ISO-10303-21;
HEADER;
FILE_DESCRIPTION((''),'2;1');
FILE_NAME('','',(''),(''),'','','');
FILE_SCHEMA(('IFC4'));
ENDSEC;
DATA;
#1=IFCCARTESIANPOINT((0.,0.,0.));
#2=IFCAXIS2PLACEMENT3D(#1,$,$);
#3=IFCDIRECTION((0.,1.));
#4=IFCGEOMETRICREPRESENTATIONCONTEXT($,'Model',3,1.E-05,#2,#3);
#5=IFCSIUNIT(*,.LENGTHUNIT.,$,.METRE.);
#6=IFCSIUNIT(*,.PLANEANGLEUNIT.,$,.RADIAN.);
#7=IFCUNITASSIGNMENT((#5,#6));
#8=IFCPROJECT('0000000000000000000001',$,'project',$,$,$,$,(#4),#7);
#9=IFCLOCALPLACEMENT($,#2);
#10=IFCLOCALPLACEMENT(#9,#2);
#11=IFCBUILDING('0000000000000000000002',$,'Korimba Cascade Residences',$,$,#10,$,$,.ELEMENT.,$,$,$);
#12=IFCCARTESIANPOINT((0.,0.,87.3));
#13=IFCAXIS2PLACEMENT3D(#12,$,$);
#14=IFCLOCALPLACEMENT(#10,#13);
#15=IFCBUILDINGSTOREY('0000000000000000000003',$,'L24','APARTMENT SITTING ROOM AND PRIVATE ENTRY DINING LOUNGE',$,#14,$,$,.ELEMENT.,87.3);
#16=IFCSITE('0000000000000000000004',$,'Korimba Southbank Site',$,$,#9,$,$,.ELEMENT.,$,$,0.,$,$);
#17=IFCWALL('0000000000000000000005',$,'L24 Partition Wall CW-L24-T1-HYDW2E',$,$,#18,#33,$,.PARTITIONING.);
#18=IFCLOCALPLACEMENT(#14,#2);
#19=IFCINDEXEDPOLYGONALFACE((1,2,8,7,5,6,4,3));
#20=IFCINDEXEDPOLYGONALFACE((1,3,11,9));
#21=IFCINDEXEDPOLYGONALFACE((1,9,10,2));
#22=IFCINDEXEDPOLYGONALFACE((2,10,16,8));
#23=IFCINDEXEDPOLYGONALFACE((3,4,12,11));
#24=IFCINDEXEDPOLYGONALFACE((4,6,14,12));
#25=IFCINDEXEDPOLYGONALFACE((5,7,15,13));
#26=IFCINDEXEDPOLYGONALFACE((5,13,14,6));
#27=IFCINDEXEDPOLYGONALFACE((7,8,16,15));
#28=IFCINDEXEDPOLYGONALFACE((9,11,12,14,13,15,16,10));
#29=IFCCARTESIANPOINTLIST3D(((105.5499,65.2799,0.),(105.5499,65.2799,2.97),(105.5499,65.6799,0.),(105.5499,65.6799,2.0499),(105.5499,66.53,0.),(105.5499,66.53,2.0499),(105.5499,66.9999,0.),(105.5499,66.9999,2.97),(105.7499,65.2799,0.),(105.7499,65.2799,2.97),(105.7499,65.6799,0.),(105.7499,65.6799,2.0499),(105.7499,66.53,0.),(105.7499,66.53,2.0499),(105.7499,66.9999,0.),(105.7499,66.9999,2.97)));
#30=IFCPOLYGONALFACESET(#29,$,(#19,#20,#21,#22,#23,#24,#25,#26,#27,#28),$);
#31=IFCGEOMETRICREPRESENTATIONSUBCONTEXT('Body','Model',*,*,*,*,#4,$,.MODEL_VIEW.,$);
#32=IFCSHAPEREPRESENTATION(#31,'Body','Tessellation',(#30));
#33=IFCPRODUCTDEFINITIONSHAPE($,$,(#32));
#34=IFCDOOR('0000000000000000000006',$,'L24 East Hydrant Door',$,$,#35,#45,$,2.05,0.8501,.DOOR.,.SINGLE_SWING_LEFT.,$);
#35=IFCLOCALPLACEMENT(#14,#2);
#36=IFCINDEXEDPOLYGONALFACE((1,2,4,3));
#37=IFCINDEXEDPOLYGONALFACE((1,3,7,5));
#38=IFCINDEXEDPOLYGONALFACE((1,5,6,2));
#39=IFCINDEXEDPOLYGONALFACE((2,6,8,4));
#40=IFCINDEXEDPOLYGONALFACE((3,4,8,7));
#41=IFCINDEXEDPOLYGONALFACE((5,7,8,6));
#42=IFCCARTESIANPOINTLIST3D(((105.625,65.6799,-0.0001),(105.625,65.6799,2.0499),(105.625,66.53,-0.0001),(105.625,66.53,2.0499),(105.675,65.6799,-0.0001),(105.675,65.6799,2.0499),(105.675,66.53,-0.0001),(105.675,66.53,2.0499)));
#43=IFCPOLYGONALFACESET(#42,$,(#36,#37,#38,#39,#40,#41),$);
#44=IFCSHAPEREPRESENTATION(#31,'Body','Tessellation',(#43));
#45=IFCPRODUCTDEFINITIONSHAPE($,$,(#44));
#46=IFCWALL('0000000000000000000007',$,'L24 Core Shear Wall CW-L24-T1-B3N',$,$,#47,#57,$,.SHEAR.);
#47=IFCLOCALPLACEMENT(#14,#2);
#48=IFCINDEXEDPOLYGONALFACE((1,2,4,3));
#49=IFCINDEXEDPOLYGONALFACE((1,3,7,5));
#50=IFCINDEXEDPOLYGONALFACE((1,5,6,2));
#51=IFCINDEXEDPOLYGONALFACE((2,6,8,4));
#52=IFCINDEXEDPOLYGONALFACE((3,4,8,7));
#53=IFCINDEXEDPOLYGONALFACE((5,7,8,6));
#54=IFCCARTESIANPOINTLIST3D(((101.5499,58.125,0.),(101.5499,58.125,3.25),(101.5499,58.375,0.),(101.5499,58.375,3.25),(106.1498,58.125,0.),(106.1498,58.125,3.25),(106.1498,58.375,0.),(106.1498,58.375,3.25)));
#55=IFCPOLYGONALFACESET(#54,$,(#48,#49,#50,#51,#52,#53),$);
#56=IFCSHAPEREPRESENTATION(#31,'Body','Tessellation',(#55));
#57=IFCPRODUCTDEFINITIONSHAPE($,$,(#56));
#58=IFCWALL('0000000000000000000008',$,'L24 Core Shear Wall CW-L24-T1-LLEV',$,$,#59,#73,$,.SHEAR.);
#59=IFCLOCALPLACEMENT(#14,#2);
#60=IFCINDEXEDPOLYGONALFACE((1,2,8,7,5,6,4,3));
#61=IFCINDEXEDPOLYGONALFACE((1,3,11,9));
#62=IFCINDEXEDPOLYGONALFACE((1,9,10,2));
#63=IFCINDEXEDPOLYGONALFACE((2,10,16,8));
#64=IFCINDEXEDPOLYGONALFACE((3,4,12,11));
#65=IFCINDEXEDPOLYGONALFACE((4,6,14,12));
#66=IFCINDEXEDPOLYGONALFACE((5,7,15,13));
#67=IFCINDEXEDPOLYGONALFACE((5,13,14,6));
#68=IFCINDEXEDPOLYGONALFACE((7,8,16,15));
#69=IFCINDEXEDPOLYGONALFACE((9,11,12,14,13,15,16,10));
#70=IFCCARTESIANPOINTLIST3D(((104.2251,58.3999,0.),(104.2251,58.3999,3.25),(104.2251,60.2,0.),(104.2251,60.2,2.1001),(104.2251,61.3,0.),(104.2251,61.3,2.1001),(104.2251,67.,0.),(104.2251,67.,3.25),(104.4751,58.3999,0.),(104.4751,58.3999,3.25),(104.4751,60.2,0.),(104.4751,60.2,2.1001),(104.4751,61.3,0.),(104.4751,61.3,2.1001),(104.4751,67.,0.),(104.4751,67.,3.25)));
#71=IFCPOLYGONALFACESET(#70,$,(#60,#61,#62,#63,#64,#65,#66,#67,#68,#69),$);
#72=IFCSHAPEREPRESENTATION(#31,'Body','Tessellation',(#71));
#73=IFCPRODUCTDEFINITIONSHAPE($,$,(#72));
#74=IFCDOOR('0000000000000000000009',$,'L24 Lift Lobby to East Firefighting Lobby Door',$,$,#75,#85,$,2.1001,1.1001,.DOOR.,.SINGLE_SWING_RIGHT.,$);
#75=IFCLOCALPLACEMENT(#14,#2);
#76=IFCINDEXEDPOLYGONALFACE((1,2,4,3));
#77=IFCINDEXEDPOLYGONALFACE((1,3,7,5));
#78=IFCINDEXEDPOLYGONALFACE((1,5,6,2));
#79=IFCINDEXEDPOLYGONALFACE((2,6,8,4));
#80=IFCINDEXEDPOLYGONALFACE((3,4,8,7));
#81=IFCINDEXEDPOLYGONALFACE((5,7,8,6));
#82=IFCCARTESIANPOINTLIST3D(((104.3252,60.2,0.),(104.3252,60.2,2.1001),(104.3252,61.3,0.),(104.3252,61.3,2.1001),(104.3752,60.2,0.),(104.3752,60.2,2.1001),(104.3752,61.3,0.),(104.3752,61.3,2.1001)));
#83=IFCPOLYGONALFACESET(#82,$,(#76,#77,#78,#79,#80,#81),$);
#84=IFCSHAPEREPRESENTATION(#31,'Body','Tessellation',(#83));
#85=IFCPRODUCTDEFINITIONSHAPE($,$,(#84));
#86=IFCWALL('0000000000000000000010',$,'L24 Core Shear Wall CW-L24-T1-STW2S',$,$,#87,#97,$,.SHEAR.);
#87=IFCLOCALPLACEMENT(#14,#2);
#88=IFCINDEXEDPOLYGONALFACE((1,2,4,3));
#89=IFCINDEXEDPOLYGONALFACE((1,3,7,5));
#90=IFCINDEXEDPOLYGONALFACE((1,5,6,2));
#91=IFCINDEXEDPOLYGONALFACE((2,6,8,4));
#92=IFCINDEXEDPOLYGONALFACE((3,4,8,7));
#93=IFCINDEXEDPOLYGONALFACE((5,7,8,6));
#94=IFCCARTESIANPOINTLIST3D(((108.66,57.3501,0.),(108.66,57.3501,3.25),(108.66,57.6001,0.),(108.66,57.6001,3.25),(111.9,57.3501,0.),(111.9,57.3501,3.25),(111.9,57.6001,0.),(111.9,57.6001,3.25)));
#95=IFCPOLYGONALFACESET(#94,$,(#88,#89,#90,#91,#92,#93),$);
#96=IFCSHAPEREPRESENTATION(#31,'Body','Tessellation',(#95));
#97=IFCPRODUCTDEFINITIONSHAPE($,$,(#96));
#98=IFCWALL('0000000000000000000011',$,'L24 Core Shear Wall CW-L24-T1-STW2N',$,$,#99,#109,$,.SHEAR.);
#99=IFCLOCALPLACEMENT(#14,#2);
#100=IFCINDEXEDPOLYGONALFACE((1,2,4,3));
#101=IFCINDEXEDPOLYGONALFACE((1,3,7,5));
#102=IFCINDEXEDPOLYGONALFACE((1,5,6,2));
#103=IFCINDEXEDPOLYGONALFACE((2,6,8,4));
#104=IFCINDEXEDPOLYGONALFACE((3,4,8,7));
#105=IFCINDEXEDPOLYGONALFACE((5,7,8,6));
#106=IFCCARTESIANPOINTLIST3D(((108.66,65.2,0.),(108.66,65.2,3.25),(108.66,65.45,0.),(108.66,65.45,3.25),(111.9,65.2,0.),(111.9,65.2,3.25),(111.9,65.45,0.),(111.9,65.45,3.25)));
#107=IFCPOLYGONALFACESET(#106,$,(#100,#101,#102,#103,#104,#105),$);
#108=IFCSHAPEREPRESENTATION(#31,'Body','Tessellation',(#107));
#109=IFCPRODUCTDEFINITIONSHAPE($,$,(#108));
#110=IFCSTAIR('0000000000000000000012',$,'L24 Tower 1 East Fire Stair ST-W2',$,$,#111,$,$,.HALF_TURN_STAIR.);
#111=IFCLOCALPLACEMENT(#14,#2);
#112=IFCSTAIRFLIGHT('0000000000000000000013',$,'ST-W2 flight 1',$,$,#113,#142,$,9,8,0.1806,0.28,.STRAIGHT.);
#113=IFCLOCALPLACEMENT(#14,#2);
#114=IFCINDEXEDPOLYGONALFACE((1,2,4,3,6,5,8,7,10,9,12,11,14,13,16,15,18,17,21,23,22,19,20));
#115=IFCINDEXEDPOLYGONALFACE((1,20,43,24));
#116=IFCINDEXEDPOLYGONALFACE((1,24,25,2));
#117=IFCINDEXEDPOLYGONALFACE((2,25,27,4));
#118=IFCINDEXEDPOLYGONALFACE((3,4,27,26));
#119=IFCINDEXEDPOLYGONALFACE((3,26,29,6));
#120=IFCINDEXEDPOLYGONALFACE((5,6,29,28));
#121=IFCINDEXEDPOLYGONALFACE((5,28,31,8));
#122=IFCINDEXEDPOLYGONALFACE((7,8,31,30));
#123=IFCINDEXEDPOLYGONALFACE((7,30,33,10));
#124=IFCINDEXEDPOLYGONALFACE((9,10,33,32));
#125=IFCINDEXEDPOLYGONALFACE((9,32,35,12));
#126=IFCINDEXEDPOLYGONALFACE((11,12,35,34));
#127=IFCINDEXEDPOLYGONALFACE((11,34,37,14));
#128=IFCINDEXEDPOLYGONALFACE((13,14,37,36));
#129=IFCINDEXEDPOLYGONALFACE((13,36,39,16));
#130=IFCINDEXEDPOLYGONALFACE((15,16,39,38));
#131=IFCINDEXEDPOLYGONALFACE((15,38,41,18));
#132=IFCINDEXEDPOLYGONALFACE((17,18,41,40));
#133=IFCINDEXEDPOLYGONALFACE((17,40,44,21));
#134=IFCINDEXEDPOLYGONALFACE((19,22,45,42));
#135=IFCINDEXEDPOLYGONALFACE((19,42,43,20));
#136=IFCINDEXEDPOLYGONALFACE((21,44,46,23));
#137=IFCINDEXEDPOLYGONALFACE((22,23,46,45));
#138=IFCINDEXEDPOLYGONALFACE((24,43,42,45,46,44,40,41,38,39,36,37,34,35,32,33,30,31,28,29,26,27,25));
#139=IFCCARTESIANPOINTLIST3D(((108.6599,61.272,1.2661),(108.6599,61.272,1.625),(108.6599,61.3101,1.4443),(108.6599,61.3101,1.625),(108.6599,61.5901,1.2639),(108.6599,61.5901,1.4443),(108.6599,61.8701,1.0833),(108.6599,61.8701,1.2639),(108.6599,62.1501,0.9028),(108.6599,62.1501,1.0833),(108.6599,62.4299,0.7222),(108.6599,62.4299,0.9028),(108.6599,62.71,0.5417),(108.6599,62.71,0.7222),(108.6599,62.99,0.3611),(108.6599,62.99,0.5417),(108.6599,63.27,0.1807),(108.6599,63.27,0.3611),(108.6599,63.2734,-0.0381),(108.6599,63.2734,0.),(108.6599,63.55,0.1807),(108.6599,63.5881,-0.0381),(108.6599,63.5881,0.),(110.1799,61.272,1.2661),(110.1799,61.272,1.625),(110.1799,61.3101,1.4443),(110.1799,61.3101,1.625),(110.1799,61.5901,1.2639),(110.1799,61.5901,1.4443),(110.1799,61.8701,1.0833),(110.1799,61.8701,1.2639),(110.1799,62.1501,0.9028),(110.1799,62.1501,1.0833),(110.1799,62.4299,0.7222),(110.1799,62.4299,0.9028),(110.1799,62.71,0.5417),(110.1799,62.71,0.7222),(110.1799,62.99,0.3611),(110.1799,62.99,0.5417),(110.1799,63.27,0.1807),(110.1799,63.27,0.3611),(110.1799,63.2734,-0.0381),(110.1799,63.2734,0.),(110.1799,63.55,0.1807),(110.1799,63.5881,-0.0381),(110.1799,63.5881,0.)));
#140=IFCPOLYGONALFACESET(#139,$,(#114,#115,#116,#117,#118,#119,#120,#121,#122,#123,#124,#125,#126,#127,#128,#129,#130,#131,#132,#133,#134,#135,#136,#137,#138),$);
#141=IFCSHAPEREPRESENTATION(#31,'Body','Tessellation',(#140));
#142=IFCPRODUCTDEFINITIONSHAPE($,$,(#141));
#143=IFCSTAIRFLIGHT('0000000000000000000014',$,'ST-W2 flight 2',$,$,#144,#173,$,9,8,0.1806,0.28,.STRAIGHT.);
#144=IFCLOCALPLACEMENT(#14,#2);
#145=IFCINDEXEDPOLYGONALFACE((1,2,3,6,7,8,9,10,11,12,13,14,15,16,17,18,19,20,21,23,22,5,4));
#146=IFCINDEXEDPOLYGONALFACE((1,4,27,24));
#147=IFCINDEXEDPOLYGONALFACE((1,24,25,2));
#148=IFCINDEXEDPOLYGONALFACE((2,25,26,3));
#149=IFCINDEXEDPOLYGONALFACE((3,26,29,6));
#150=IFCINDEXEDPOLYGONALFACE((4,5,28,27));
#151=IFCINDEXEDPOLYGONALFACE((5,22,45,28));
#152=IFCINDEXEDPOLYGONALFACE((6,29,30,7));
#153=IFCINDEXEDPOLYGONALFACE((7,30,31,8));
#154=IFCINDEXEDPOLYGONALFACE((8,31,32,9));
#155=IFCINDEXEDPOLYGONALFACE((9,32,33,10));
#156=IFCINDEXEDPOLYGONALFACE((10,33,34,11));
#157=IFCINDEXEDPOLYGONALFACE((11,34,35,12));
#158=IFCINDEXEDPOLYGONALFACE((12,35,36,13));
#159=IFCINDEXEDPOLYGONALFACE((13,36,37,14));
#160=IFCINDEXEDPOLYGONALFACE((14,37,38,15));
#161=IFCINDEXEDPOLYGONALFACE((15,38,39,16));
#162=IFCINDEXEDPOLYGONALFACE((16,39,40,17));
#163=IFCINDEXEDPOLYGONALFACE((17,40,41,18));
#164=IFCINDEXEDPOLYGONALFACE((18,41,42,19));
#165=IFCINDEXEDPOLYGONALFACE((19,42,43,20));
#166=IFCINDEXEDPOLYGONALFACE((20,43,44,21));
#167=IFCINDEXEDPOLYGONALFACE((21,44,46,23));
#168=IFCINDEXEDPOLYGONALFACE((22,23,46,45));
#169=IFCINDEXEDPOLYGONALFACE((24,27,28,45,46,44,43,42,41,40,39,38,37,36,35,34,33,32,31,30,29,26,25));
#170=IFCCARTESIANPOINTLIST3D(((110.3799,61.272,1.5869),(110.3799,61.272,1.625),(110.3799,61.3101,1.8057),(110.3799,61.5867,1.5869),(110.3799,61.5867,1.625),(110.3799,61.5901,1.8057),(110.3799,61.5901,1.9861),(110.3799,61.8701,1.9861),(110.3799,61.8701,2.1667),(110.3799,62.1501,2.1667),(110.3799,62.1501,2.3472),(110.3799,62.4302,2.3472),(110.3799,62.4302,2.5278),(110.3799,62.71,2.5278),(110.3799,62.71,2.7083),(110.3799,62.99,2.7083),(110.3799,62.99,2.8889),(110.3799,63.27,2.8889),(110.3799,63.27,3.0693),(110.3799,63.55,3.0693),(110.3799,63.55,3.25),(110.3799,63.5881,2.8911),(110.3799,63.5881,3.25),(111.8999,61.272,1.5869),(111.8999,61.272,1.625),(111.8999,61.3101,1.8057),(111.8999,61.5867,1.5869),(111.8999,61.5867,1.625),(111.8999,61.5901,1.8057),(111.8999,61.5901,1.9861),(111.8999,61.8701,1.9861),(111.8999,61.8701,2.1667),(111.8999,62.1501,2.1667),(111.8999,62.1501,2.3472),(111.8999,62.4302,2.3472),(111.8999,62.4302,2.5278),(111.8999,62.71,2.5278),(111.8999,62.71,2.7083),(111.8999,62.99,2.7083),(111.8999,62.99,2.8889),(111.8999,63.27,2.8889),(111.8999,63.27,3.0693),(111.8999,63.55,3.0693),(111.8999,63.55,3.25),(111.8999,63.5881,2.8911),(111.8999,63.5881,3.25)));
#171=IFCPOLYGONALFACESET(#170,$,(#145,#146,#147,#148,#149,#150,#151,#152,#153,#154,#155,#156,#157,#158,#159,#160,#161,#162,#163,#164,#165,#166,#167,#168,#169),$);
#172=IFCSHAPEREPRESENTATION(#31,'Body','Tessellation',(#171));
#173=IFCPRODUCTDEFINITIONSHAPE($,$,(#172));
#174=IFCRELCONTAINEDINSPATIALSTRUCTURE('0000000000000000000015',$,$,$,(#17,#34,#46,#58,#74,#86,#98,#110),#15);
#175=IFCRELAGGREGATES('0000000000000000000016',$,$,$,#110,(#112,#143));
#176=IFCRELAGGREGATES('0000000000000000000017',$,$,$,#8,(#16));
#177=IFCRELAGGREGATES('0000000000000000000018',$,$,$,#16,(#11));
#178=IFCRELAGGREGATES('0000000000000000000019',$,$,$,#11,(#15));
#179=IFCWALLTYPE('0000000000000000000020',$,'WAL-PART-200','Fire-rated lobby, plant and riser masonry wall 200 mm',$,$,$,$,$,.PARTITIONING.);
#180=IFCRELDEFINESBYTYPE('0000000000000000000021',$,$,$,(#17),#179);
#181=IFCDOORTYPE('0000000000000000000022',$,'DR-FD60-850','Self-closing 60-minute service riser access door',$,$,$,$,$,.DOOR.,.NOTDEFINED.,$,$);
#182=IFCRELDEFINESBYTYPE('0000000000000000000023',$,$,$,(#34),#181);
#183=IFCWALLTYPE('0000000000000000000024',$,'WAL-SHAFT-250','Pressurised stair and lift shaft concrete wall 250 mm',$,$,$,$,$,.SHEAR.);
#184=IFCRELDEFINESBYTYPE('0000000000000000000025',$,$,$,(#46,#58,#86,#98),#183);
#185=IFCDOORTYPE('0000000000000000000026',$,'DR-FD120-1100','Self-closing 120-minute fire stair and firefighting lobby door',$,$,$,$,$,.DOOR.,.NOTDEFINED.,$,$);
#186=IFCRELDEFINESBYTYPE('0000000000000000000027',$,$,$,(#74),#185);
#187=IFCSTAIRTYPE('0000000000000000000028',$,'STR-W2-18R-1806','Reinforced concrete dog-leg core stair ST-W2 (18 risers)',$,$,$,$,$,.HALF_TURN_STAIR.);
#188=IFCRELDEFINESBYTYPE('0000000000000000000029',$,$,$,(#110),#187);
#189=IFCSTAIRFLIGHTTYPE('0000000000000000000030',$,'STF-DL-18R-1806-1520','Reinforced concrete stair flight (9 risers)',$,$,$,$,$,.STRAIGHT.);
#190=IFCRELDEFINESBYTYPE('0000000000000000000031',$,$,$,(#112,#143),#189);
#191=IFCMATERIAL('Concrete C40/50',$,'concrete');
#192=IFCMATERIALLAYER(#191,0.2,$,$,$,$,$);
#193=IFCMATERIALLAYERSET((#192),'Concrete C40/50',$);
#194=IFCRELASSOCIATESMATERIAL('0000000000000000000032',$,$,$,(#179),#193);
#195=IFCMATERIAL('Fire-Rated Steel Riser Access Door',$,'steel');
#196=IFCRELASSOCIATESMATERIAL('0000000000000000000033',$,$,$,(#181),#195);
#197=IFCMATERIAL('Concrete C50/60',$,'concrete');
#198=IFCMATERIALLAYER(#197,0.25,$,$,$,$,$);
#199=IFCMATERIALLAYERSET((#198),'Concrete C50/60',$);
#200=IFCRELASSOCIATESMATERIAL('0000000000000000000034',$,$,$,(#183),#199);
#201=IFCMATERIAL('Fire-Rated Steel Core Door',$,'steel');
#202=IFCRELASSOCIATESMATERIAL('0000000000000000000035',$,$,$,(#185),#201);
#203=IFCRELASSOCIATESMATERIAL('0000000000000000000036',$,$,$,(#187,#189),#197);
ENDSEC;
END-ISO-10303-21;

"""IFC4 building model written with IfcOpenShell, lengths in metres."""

from ifc_helpers import new_model, si_unit, direction, frame, frame_2d, origin, place, context, subcontext, project, spatial, polyline, rectangle, outline, extrude, material, layer, layer_set, type_object, element, fill, aggregate, save


model = new_model("IFC4")

# Units and contexts
model_context = context("Model", 3, precision=1e-05, world=origin(), true_north=direction((0.0, 1.0)))
body_context = subcontext(model_context, "Body", "Model", "MODEL_VIEW")
ifc_project = project(units=[si_unit("LENGTHUNIT", "METRE"), si_unit("PLANEANGLEUNIT", "RADIAN")], contexts=[model_context])

# Site, building, storey
site_placement = place(None, origin())
site = spatial("IfcSite", under=ifc_project, at=site_placement, Name="Korimba Southbank Site", CompositionType="ELEMENT", RefElevation=0.0)
building_placement = place(site_placement, origin())
building = spatial("IfcBuilding", under=site, at=building_placement, Name="Korimba Cascade Residences", CompositionType="ELEMENT")
storey_placement = place(building_placement, frame((0.0, 0.0, 87.3)))
storey = spatial("IfcBuildingStorey", under=building, at=storey_placement, Name="L24", Description="APARTMENT SITTING ROOM AND PRIVATE ENTRY DINING LOUNGE", CompositionType="ELEMENT", Elevation=87.3)

# Shared definitions
ifc_material_1 = material(Name="Concrete C40/50", Category="concrete")
ifc_layer_1 = layer(ifc_material_1, 0.2)
ifc_layer_set_1 = layer_set([ifc_layer_1], Name="Concrete C40/50")
wall_type_1 = type_object("IfcWallType", Name="WAL-PART-200", Description="Fire-rated lobby, plant and riser masonry wall 200 mm", PredefinedType="PARTITIONING", material=ifc_layer_set_1)

# Wall, opening, door
wall_1_placement = place(storey_placement, frame((105.6499, 65.28, 0.0), z_axis=(0.0, 0.0, 1.0), x_axis=(0.0, 1.0, 0.0)))
wall_1 = element("IfcWall", 1, at=wall_1_placement, inside=storey, type_object=wall_type_1, Name="L24 Partition Wall CW-L24-T1-HYDW2E", PredefinedType="PARTITIONING", context=body_context, shape_type="SweptSolid", body=[
    extrude(rectangle(XDim=1.72, YDim=0.2, at=frame_2d((0.8599, 0.0))), origin(), (0.0, 0.0, 1.0), 2.97),
])
opening_1_placement = place(wall_1_placement, frame((0.3999, 0.0, 0.0)))
opening_1 = element("IfcOpeningElement", 2, at=opening_1_placement, cuts=wall_1, PredefinedType="OPENING", context=body_context, shape_type="SweptSolid", body=[
    extrude(rectangle(XDim=0.8501, YDim=2.05, at=frame_2d((0.425, 1.0249))), frame((0.0, 0.1099, 0.0), z_axis=(0.0, -1.0, 0.0), x_axis=(1.0, 0.0, 0.0)), (0.0, 0.0, 1.0), 0.22),
])
ifc_material_2 = material(Name="Fire-Rated Steel Riser Access Door", Category="steel")
door_type_1 = type_object("IfcDoorType", Name="DR-FD60-850", Description="Self-closing 60-minute service riser access door", OperationType="NOTDEFINED", PredefinedType="DOOR", material=ifc_material_2)
door_1_placement = place(opening_1_placement, origin())
door_1 = element("IfcDoor", 3, at=door_1_placement, inside=storey, type_object=door_type_1, Name="L24 East Hydrant Door", OperationType="SINGLE_SWING_LEFT", OverallHeight=2.05, OverallWidth=0.8501, PredefinedType="DOOR", context=body_context, shape_type="SweptSolid", body=[
    extrude(rectangle(XDim=0.8501, YDim=2.05, at=frame_2d((0.425, 1.0249))), frame((0.0, 0.0249, 0.0), z_axis=(0.0, -1.0, 0.0), x_axis=(1.0, 0.0, 0.0)), (0.0, 0.0, 1.0), 0.05),
])
fill(opening_1, door_1)

# Wall
ifc_material_3 = material(Name="Concrete C50/60", Category="concrete")
ifc_layer_2 = layer(ifc_material_3, 0.25)
ifc_layer_set_2 = layer_set([ifc_layer_2], Name="Concrete C50/60")
wall_type_2 = type_object("IfcWallType", Name="WAL-SHAFT-250", Description="Pressurised stair and lift shaft concrete wall 250 mm", PredefinedType="SHEAR", material=ifc_layer_set_2)
wall_2_placement = place(storey_placement, frame((101.55, 58.25, 0.0), z_axis=(0.0, 0.0, 1.0), x_axis=(1.0, 0.0, 0.0)))
element("IfcWall", 4, at=wall_2_placement, inside=storey, type_object=wall_type_2, Name="L24 Core Shear Wall CW-L24-T1-B3N", PredefinedType="SHEAR", context=body_context, shape_type="SweptSolid", body=[
    extrude(rectangle(XDim=4.5999, YDim=0.25, at=frame_2d((2.2998, 0.0))), origin(), (0.0, 0.0, 1.0), 3.25),
])

# Wall, opening, door
wall_3_placement = place(storey_placement, frame((104.3501, 58.3999, 0.0), z_axis=(0.0, 0.0, 1.0), x_axis=(0.0, 1.0, 0.0)))
wall_3 = element("IfcWall", 5, at=wall_3_placement, inside=storey, type_object=wall_type_2, Name="L24 Core Shear Wall CW-L24-T1-LLEV", PredefinedType="SHEAR", context=body_context, shape_type="SweptSolid", body=[
    extrude(rectangle(XDim=8.6001, YDim=0.25, at=frame_2d((4.3, 0.0))), origin(), (0.0, 0.0, 1.0), 3.25),
])
opening_2_placement = place(wall_3_placement, frame((1.8, 0.0, 0.0)))
opening_2 = element("IfcOpeningElement", 6, at=opening_2_placement, cuts=wall_3, PredefinedType="OPENING", context=body_context, shape_type="SweptSolid", body=[
    extrude(rectangle(XDim=1.1001, YDim=2.1001, at=frame_2d((0.55, 1.05))), frame((0.0, 0.135, 0.0), z_axis=(0.0, -1.0, 0.0), x_axis=(1.0, 0.0, 0.0)), (0.0, 0.0, 1.0), 0.27),
])
ifc_material_4 = material(Name="Fire-Rated Steel Core Door", Category="steel")
door_type_2 = type_object("IfcDoorType", Name="DR-FD120-1100", Description="Self-closing 120-minute fire stair and firefighting lobby door", OperationType="NOTDEFINED", PredefinedType="DOOR", material=ifc_material_4)
door_2_placement = place(opening_2_placement, origin())
door_2 = element("IfcDoor", 7, at=door_2_placement, inside=storey, type_object=door_type_2, Name="L24 Lift Lobby to East Firefighting Lobby Door", OperationType="SINGLE_SWING_RIGHT", OverallHeight=2.1001, OverallWidth=1.1001, PredefinedType="DOOR", context=body_context, shape_type="SweptSolid", body=[
    extrude(rectangle(XDim=1.1001, YDim=2.1001, at=frame_2d((0.55, 1.05))), frame((0.0, 0.0249, 0.0), z_axis=(0.0, -1.0, 0.0), x_axis=(1.0, 0.0, 0.0)), (0.0, 0.0, 1.0), 0.05),
])
fill(opening_2, door_2)

# Walls
for number, where, z_axis, x_axis, name in (
    (8, (108.6599, 57.4751, 0.0), (0.0, 0.0, 1.0), (1.0, 0.0, 0.0), "L24 Core Shear Wall CW-L24-T1-STW2S"),
    (9, (108.6599, 65.325, 0.0), (0.0, 0.0, 1.0), (1.0, 0.0, 0.0), "L24 Core Shear Wall CW-L24-T1-STW2N"),
):
    element("IfcWall", number, at=place(storey_placement, frame(where, z_axis=z_axis, x_axis=x_axis)), inside=storey, type_object=wall_type_2, Name=name, PredefinedType="SHEAR", context=body_context, shape_type="SweptSolid", body=[
        extrude(rectangle(XDim=3.24, YDim=0.25, at=frame_2d((1.6201, 0.0))), origin(), (0.0, 0.0, 1.0), 3.25),
    ])

# Stair, stair flights
stair_type = type_object("IfcStairType", Name="STR-W2-18R-1806", Description="Reinforced concrete dog-leg core stair ST-W2 (18 risers)", PredefinedType="HALF_TURN_STAIR", material=ifc_material_3)
stair_placement = place(storey_placement, origin())
stair = element("IfcStair", 10, at=stair_placement, inside=storey, type_object=stair_type, Name="L24 Tower 1 East Fire Stair ST-W2", PredefinedType="HALF_TURN_STAIR")
stair_flight_type = type_object("IfcStairFlightType", Name="STF-DL-18R-1806-1520", Description="Reinforced concrete stair flight (9 risers)", PredefinedType="STRAIGHT", material=ifc_material_3)
stair_flight_1_placement = place(storey_placement, frame((109.4199, 63.55, 0.0), z_axis=(0.0, 0.0, 1.0), x_axis=(0.0, -1.0, 0.0)))
stair_flight_1 = element("IfcStairFlight", 11, at=stair_flight_1_placement, type_object=stair_flight_type, Name="ST-W2 flight 1", NumberOfRisers=9, NumberOfTreads=8, PredefinedType="STRAIGHT", RiserHeight=0.1806, TreadLength=0.28, context=body_context, shape_type="SweptSolid", body=[
    extrude(outline(polyline([(-0.0381, 0.0), (0.0, 0.1807), (0.28, 0.1807), (0.28, 0.3611), (0.5601, 0.3611), (0.5601, 0.5417), (0.8401, 0.5417), (0.8401, 0.7222), (1.1201, 0.7222), (1.1201, 0.9028), (1.3999, 0.9028), (1.3999, 1.0833), (1.6799, 1.0833), (1.6799, 1.2639), (1.96, 1.2639), (1.96, 1.4443), (2.24, 1.4443), (2.24, 1.625), (2.2781, 1.625), (2.2781, 1.2661), (0.2766, 0.0), (0.2766, -0.0381), (-0.0381, -0.0381), (-0.0381, 0.0)])), frame((0.0, 0.76, 0.0), z_axis=(0.0, -1.0, 0.0), x_axis=(1.0, 0.0, 0.0)), (0.0, 0.0, 1.0), 1.52),
])
stair_flight_2_placement = place(storey_placement, frame((111.1399, 61.3101, 1.625), z_axis=(0.0, 0.0, 1.0), x_axis=(0.0, 1.0, 0.0)))
stair_flight_2 = element("IfcStairFlight", 12, at=stair_flight_2_placement, type_object=stair_flight_type, Name="ST-W2 flight 2", NumberOfRisers=9, NumberOfTreads=8, PredefinedType="STRAIGHT", RiserHeight=0.1806, TreadLength=0.28, context=body_context, shape_type="SweptSolid", body=[
    extrude(outline(polyline([(-0.0381, 0.0), (0.0, 0.1807), (0.28, 0.1807), (0.28, 0.3611), (0.5601, 0.3611), (0.5601, 0.5417), (0.8401, 0.5417), (0.8401, 0.7222), (1.1201, 0.7222), (1.1201, 0.9028), (1.3999, 0.9028), (1.3999, 1.0833), (1.6799, 1.0833), (1.6799, 1.2639), (1.96, 1.2639), (1.96, 1.4443), (2.24, 1.4443), (2.24, 1.625), (2.2781, 1.625), (2.2781, 1.2661), (0.2766, 0.0), (0.2766, -0.0381), (-0.0381, -0.0381), (-0.0381, 0.0)])), frame((0.0, 0.76, 0.0), z_axis=(0.0, -1.0, 0.0), x_axis=(1.0, 0.0, 0.0)), (0.0, 0.0, 1.0), 1.52),
])
aggregate(stair, [stair_flight_1, stair_flight_2])

save(model, "model.ifc")
